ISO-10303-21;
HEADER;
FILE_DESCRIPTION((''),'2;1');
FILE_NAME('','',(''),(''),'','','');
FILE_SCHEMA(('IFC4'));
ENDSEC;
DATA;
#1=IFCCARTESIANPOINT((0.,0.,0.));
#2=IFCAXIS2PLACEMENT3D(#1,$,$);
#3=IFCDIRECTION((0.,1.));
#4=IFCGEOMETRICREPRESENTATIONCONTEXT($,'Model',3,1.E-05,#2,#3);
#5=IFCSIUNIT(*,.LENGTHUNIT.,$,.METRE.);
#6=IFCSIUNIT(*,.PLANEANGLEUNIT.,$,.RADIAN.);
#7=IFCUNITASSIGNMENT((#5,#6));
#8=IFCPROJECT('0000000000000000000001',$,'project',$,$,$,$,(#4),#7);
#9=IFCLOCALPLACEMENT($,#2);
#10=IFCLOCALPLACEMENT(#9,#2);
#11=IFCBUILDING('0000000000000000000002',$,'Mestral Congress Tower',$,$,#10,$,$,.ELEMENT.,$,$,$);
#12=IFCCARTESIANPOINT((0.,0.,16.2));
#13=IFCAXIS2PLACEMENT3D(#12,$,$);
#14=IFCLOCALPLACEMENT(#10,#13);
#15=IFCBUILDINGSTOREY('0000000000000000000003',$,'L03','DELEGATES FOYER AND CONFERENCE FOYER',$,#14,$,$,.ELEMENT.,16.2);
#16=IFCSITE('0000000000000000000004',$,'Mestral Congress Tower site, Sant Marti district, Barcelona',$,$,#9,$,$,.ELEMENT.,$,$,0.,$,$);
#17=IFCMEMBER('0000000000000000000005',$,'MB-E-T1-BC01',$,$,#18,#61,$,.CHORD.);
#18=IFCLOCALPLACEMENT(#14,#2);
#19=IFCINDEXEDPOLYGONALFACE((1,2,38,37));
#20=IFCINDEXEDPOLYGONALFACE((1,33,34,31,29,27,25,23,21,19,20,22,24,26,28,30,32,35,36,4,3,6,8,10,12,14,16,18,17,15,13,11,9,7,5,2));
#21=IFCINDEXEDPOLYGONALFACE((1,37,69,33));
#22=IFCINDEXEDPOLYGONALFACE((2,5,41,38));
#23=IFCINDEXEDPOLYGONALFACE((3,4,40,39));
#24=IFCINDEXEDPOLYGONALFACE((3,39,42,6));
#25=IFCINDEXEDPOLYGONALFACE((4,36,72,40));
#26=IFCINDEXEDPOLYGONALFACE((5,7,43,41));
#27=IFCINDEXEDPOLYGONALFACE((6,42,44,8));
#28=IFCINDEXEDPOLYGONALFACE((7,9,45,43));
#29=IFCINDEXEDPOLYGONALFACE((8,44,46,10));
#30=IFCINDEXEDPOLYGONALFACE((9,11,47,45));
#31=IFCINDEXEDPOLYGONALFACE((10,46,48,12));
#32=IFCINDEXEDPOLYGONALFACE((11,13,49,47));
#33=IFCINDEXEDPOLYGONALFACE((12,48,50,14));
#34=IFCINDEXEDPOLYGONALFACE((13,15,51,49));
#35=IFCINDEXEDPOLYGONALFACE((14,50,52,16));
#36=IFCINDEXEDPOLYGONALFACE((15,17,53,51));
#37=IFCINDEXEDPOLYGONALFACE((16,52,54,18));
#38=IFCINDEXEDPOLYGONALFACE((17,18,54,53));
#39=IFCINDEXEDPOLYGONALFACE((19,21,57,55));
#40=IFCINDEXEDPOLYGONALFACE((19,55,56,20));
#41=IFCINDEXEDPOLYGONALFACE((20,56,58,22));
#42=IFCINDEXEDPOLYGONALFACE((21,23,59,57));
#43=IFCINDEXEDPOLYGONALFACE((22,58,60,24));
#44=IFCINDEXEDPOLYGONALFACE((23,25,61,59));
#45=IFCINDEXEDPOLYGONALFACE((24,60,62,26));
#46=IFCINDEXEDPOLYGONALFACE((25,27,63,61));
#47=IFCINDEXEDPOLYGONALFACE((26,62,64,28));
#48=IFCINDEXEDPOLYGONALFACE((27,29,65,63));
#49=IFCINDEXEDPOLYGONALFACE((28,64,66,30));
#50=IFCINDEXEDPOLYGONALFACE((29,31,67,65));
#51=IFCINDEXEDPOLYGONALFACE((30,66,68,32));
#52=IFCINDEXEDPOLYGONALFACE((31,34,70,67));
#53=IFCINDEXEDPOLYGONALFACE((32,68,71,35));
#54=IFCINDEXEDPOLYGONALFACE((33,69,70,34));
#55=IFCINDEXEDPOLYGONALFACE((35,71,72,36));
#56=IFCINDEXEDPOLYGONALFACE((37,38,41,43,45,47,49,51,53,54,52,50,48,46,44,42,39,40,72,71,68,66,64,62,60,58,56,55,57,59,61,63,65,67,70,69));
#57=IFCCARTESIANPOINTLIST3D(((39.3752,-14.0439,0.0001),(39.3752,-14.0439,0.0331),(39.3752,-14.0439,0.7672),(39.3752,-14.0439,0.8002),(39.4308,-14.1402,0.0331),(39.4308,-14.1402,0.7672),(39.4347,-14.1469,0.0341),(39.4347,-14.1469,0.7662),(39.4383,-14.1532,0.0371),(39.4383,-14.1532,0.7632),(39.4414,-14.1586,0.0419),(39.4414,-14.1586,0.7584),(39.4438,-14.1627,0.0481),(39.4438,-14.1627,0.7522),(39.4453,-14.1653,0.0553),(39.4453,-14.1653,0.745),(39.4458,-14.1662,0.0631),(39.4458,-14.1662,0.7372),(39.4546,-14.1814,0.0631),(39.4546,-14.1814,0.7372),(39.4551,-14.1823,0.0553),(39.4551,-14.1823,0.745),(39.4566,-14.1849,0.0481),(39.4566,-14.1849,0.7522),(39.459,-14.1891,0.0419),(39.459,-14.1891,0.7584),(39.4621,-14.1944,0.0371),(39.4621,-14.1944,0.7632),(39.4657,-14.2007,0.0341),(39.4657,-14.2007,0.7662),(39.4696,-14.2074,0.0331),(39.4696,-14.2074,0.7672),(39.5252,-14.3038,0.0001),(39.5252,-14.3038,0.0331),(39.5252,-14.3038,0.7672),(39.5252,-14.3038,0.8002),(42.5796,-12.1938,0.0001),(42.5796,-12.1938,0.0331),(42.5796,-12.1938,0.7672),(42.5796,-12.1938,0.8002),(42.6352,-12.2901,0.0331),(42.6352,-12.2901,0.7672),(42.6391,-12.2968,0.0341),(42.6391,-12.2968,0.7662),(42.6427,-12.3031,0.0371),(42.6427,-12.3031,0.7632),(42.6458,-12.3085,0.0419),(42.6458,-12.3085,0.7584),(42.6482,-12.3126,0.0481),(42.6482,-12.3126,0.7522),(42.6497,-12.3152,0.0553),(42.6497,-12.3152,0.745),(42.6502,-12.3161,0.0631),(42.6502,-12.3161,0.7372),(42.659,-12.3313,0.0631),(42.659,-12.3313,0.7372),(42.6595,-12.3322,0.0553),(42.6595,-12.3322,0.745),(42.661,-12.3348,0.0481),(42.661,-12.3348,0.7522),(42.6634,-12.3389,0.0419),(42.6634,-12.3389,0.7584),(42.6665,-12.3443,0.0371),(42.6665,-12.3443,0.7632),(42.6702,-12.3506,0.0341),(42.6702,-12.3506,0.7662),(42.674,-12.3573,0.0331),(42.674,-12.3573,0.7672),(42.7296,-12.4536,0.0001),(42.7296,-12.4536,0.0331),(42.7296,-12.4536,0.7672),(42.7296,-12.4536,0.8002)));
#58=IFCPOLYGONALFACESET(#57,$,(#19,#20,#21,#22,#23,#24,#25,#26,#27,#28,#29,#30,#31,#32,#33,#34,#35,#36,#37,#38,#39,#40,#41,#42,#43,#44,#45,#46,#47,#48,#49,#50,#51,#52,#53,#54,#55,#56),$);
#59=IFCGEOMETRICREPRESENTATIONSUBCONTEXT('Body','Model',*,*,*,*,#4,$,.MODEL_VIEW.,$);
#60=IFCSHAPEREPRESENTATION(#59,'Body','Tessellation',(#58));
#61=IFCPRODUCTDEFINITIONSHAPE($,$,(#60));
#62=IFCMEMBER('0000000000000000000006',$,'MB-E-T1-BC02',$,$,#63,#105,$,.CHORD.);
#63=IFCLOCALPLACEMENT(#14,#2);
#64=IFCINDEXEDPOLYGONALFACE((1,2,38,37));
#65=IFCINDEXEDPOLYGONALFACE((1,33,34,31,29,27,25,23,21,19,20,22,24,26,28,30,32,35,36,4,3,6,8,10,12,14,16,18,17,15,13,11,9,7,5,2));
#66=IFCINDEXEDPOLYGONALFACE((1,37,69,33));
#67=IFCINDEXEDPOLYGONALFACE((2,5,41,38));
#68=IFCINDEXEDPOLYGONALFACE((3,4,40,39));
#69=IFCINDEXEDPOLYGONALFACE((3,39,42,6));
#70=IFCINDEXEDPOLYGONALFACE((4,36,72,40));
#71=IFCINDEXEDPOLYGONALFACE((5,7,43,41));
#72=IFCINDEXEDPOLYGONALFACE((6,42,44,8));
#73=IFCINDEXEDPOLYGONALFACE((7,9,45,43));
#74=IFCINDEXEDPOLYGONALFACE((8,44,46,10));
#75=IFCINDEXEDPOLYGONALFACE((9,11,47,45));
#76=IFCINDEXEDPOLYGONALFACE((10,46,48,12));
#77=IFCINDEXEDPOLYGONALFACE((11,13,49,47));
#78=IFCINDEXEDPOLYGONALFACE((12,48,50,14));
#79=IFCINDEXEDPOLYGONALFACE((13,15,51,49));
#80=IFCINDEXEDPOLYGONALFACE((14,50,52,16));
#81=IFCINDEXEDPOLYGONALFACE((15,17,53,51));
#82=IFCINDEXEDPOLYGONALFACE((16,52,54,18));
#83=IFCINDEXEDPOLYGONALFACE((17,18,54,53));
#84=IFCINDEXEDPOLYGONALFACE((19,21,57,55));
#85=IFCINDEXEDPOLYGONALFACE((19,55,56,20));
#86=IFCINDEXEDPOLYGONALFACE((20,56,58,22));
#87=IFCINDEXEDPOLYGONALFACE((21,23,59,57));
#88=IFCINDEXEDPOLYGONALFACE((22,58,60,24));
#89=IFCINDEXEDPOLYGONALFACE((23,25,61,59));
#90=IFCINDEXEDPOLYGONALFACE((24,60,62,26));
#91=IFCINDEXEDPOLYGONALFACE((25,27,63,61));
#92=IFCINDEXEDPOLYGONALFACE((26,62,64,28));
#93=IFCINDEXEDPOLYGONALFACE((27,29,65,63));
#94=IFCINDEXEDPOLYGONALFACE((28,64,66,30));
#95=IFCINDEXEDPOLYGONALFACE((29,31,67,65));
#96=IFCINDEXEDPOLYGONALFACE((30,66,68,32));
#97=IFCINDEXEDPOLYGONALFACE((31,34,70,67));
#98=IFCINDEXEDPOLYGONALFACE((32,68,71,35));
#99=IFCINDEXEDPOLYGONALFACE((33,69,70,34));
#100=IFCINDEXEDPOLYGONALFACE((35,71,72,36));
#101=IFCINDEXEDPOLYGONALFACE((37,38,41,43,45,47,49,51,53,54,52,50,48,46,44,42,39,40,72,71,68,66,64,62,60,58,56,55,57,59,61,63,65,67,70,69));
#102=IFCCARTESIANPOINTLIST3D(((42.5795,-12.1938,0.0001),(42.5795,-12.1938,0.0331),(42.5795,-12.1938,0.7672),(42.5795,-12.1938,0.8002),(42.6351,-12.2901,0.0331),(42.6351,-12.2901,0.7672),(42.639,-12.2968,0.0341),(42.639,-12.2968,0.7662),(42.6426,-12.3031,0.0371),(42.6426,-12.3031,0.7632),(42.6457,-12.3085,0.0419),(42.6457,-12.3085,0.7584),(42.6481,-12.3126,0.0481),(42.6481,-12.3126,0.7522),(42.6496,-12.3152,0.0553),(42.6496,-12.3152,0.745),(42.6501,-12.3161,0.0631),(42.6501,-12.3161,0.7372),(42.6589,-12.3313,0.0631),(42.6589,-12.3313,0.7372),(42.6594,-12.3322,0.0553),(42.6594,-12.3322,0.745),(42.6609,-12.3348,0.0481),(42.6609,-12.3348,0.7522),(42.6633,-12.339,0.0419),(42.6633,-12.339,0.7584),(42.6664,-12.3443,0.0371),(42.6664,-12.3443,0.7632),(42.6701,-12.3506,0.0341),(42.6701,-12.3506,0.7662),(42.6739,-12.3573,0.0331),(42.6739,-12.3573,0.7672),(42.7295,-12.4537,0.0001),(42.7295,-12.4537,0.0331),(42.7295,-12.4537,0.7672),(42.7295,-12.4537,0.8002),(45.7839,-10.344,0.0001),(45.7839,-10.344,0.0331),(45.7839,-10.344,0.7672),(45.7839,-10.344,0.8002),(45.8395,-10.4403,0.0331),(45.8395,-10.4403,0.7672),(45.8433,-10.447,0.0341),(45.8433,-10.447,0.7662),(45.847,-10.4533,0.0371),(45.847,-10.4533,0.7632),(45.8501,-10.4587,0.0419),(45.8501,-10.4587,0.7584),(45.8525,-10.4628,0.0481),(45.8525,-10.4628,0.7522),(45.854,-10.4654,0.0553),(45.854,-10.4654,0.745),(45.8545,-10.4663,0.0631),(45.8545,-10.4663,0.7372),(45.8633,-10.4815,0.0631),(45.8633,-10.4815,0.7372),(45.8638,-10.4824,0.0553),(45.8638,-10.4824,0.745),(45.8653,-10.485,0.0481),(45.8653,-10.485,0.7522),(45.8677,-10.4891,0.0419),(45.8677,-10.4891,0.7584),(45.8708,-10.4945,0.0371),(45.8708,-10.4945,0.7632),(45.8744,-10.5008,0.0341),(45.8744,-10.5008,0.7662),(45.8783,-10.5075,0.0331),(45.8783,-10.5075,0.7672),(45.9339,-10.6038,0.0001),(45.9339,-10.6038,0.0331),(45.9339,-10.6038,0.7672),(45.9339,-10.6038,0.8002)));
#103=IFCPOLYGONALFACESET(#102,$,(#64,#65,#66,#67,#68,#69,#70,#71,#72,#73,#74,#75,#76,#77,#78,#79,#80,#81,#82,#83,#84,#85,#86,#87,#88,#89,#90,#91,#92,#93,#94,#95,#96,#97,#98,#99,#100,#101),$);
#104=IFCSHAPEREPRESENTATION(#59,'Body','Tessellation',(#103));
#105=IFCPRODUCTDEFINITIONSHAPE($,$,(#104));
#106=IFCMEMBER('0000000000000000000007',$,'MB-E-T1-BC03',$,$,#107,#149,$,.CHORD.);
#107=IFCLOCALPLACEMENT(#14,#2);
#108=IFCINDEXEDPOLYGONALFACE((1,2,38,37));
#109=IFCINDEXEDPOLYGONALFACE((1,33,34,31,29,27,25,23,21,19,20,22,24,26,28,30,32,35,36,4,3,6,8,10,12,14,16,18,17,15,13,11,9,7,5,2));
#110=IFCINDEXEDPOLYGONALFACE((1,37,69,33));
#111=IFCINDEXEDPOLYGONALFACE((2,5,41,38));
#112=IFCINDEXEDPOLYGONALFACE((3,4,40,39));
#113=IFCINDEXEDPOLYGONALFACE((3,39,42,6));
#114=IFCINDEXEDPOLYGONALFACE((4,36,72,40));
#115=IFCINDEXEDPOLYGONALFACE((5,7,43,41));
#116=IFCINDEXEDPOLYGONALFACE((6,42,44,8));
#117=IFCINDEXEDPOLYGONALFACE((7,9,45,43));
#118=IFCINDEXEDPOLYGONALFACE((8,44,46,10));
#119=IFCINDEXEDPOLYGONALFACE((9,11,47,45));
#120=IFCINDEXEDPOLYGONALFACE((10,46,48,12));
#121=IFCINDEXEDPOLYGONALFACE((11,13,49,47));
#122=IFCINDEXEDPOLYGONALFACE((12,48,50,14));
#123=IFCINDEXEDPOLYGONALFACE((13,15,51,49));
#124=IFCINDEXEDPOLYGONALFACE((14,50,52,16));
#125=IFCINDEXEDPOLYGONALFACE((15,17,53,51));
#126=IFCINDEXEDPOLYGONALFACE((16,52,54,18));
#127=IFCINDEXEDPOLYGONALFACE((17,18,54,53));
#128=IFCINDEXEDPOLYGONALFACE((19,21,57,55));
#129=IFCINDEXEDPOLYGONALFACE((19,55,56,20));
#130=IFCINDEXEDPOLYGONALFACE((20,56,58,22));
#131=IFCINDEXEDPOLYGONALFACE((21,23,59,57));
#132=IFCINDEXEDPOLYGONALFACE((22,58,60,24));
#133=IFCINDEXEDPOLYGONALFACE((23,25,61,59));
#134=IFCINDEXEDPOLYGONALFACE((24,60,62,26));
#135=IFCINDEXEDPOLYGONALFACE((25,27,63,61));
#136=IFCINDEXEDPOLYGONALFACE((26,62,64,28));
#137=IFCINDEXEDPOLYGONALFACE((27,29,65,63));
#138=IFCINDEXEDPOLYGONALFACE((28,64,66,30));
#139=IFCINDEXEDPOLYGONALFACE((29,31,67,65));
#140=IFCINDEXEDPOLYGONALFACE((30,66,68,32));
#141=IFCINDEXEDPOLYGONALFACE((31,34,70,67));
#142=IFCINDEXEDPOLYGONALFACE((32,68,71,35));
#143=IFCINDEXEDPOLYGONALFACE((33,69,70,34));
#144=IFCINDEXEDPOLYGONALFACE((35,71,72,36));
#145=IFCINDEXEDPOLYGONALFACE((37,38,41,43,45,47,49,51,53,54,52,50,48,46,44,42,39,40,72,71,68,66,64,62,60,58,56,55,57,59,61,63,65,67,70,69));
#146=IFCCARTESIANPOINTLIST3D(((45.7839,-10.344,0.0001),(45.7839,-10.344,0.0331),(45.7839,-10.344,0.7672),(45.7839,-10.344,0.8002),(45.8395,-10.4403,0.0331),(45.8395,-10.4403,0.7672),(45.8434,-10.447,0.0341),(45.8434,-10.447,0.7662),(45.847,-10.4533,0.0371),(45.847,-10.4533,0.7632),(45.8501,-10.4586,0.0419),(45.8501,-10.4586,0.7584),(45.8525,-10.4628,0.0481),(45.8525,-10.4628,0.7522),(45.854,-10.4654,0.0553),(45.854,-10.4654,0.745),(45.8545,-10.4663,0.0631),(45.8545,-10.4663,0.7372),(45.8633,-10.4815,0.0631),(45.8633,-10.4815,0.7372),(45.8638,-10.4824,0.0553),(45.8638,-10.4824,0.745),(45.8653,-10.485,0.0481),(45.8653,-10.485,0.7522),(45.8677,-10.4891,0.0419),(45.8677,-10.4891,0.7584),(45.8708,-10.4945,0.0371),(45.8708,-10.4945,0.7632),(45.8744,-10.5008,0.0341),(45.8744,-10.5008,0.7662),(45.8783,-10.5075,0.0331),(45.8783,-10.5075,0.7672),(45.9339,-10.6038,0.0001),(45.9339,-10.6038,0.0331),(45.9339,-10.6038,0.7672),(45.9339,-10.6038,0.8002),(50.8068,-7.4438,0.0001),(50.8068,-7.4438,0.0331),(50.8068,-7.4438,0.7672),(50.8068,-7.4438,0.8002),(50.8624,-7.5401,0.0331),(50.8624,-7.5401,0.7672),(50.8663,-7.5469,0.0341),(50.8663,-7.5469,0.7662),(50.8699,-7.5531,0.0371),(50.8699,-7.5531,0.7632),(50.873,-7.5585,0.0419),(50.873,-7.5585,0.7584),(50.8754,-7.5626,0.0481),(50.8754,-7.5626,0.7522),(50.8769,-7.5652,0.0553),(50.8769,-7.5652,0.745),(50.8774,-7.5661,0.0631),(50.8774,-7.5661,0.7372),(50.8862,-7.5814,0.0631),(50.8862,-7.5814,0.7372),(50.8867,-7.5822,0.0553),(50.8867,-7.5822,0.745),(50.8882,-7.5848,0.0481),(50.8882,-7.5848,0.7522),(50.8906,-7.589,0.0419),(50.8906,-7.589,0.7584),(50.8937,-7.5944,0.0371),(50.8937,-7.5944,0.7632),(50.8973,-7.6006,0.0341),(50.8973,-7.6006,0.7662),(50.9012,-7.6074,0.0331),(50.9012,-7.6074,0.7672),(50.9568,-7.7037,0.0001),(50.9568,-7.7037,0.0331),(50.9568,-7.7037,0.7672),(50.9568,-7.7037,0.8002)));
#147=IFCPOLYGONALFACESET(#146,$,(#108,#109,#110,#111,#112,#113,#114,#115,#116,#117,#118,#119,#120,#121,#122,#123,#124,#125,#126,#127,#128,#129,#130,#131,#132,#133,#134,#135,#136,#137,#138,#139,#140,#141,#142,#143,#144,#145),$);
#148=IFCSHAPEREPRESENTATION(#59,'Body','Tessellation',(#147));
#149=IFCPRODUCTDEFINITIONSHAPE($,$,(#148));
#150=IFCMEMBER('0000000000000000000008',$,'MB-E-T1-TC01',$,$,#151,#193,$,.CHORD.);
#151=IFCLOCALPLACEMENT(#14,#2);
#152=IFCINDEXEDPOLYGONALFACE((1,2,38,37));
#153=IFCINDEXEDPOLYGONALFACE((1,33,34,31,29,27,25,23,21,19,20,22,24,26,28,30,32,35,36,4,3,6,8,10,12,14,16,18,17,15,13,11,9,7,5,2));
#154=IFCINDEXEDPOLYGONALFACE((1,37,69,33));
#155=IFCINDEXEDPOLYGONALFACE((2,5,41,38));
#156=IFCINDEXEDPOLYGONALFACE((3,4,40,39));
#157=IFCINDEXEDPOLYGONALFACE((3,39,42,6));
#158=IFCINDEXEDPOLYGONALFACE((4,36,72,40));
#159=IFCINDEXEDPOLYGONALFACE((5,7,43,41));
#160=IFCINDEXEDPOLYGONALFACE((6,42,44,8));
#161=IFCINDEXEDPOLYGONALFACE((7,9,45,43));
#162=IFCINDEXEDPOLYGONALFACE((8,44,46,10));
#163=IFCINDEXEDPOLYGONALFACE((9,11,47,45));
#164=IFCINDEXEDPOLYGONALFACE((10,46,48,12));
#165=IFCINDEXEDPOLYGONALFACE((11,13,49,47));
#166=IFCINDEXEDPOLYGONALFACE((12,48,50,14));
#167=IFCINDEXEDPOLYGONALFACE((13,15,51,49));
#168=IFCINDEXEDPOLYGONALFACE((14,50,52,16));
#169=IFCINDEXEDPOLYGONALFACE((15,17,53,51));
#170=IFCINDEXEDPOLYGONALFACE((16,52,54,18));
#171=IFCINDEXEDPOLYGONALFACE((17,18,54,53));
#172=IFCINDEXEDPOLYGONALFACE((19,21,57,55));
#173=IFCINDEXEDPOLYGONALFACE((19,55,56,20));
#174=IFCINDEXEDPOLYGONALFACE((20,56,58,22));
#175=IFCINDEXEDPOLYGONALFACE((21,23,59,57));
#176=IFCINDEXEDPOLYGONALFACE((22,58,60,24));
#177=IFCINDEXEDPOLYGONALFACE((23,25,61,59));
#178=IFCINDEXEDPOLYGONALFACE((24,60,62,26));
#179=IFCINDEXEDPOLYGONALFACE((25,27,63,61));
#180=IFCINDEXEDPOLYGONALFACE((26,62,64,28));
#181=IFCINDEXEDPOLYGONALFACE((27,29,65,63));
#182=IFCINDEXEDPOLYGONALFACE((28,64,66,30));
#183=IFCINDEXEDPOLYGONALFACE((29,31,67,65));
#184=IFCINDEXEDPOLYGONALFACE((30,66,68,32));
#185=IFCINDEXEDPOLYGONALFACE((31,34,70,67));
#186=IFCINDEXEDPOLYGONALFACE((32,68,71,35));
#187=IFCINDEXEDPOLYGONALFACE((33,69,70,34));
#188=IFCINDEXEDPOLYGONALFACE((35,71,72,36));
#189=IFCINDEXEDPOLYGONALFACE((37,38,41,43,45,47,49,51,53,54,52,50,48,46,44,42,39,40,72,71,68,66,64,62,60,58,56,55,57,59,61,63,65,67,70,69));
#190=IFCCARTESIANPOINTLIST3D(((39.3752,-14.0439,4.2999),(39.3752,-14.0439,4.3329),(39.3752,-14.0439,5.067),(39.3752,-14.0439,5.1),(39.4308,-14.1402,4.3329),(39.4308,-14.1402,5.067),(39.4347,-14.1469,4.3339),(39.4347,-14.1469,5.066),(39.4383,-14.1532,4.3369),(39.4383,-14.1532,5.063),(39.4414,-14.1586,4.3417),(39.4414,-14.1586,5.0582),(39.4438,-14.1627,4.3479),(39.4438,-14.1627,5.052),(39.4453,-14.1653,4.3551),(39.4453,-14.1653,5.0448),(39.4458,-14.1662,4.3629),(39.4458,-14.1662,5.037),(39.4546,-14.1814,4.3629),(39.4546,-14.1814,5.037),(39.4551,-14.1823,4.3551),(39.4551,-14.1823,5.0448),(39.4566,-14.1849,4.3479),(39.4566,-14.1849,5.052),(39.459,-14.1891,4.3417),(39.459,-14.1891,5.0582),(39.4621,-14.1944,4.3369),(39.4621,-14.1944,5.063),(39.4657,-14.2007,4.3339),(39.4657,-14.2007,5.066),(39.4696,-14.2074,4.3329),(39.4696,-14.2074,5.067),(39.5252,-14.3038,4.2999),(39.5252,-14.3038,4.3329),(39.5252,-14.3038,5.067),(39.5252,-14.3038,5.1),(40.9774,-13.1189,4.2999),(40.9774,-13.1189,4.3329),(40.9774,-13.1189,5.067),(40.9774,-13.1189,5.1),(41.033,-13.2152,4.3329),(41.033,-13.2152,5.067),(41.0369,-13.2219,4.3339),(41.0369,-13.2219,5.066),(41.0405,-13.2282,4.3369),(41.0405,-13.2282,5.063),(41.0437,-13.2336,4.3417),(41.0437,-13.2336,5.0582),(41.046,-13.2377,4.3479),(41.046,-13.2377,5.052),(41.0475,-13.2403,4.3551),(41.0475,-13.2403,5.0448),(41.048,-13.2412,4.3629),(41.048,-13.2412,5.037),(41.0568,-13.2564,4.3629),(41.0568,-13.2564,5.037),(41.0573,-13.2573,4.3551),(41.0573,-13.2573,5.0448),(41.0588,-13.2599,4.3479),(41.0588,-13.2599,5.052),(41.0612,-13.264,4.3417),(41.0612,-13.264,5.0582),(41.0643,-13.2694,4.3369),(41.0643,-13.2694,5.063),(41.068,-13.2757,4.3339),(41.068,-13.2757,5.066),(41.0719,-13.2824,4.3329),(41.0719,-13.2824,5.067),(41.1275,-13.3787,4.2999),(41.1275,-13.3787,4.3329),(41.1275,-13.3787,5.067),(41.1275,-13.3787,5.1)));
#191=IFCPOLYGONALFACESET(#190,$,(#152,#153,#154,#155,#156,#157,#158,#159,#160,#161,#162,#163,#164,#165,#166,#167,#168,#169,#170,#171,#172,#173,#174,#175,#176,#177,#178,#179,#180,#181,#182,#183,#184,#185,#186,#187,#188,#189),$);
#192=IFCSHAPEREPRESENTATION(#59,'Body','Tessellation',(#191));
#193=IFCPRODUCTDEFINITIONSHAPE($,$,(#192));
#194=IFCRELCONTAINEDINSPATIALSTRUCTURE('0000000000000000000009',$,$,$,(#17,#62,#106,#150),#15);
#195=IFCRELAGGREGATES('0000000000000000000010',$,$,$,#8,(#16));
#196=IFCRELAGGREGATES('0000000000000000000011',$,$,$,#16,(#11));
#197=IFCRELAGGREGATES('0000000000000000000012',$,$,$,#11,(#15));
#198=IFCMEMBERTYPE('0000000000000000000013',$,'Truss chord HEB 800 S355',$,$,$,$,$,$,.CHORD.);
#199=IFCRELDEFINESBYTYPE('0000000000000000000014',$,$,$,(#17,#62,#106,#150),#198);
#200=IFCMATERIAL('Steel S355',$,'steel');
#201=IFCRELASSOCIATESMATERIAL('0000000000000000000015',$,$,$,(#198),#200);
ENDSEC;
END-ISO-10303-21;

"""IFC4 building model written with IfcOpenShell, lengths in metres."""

from ifc_helpers import new_model, si_unit, direction, frame, origin, origin_2d, place, context, subcontext, project, spatial, i_section, extrude, material, material_profile, profile_set, type_object, element, save


model = new_model("IFC4")

# Units and contexts
model_context = context("Model", 3, precision=1e-05, world=origin(), true_north=direction((0.0, 1.0)))
body_context = subcontext(model_context, "Body", "Model", "MODEL_VIEW")
ifc_project = project(units=[si_unit("LENGTHUNIT", "METRE"), si_unit("PLANEANGLEUNIT", "RADIAN")], contexts=[model_context])

# Site, building, storey
site_placement = place(None, origin())
site = spatial("IfcSite", under=ifc_project, at=site_placement, Name="Mestral Congress Tower site, Sant Marti district, Barcelona", CompositionType="ELEMENT", RefElevation=0.0)
building_placement = place(site_placement, origin())
building = spatial("IfcBuilding", under=site, at=building_placement, Name="Mestral Congress Tower", CompositionType="ELEMENT")
storey_placement = place(building_placement, frame((0.0, 0.0, 16.2)))
storey = spatial("IfcBuildingStorey", under=building, at=storey_placement, Name="L03", Description="DELEGATES FOYER AND CONFERENCE FOYER", CompositionType="ELEMENT", Elevation=16.2)

# Shared definitions
ifc_material_1 = material(Name="Steel S355", Category="steel")

# Members
ifc_material_profile_1 = material_profile(ifc_material_1, i_section(OverallWidth=0.3, OverallDepth=0.8, WebThickness=0.0176, FlangeThickness=0.033, FilletRadius=0.03, at=origin_2d()), Name="HEB 800")
ifc_profile_set_1 = profile_set([ifc_material_profile_1], Name="Steel S355")
member_type_1 = type_object("IfcMemberType", Name="Truss chord HEB 800 S355", PredefinedType="CHORD", material=ifc_profile_set_1)
member_1_placement = place(storey_placement, frame((39.4502, -14.1738, 0.4001), z_axis=(0.866017, 0.500014, 0.0), x_axis=(-0.500014, 0.866017, 0.0)))
element("IfcMember", 1, at=member_1_placement, inside=storey, type_object=member_type_1, Name="MB-E-T1-BC01", PredefinedType="CHORD", context=body_context, shape_type="SweptSolid", body=[
    extrude(i_section(OverallWidth=0.3, OverallDepth=0.8, WebThickness=0.0176, FlangeThickness=0.033, FilletRadius=0.03, at=origin_2d()), origin(), (0.0, 0.0, 1.0), 3.7002),
])
member_2_placement = place(storey_placement, frame((42.6545, -12.3237, 0.4001), z_axis=(0.866046, 0.499964, 0.0), x_axis=(-0.499964, 0.866046, 0.0)))
element("IfcMember", 2, at=member_2_placement, inside=storey, type_object=member_type_1, Name="MB-E-T1-BC02", PredefinedType="CHORD", context=body_context, shape_type="SweptSolid", body=[
    extrude(i_section(OverallWidth=0.3, OverallDepth=0.8, WebThickness=0.0176, FlangeThickness=0.033, FilletRadius=0.03, at=origin_2d()), origin(), (0.0, 0.0, 1.0), 3.7),
])
member_3_placement = place(storey_placement, frame((45.8589, -10.4739, 0.4001), z_axis=(0.866015, 0.500019, 0.0), x_axis=(-0.500019, 0.866015, 0.0)))
element("IfcMember", 3, at=member_3_placement, inside=storey, type_object=member_type_1, Name="MB-E-T1-BC03", PredefinedType="CHORD", context=body_context, shape_type="SweptSolid", body=[
    extrude(i_section(OverallWidth=0.3, OverallDepth=0.8, WebThickness=0.0176, FlangeThickness=0.033, FilletRadius=0.03, at=origin_2d()), origin(), (0.0, 0.0, 1.0), 5.8),
])
member_4_placement = place(storey_placement, frame((39.4502, -14.1738, 4.7), z_axis=(0.866034, 0.499985, 0.0), x_axis=(-0.499985, 0.866034, 0.0)))
element("IfcMember", 4, at=member_4_placement, inside=storey, type_object=member_type_1, Name="MB-E-T1-TC01", PredefinedType="CHORD", context=body_context, shape_type="SweptSolid", body=[
    extrude(i_section(OverallWidth=0.3, OverallDepth=0.8, WebThickness=0.0176, FlangeThickness=0.033, FilletRadius=0.03, at=origin_2d()), origin(), (0.0, 0.0, 1.0), 1.8501),
])

save(model, "model.ifc")
